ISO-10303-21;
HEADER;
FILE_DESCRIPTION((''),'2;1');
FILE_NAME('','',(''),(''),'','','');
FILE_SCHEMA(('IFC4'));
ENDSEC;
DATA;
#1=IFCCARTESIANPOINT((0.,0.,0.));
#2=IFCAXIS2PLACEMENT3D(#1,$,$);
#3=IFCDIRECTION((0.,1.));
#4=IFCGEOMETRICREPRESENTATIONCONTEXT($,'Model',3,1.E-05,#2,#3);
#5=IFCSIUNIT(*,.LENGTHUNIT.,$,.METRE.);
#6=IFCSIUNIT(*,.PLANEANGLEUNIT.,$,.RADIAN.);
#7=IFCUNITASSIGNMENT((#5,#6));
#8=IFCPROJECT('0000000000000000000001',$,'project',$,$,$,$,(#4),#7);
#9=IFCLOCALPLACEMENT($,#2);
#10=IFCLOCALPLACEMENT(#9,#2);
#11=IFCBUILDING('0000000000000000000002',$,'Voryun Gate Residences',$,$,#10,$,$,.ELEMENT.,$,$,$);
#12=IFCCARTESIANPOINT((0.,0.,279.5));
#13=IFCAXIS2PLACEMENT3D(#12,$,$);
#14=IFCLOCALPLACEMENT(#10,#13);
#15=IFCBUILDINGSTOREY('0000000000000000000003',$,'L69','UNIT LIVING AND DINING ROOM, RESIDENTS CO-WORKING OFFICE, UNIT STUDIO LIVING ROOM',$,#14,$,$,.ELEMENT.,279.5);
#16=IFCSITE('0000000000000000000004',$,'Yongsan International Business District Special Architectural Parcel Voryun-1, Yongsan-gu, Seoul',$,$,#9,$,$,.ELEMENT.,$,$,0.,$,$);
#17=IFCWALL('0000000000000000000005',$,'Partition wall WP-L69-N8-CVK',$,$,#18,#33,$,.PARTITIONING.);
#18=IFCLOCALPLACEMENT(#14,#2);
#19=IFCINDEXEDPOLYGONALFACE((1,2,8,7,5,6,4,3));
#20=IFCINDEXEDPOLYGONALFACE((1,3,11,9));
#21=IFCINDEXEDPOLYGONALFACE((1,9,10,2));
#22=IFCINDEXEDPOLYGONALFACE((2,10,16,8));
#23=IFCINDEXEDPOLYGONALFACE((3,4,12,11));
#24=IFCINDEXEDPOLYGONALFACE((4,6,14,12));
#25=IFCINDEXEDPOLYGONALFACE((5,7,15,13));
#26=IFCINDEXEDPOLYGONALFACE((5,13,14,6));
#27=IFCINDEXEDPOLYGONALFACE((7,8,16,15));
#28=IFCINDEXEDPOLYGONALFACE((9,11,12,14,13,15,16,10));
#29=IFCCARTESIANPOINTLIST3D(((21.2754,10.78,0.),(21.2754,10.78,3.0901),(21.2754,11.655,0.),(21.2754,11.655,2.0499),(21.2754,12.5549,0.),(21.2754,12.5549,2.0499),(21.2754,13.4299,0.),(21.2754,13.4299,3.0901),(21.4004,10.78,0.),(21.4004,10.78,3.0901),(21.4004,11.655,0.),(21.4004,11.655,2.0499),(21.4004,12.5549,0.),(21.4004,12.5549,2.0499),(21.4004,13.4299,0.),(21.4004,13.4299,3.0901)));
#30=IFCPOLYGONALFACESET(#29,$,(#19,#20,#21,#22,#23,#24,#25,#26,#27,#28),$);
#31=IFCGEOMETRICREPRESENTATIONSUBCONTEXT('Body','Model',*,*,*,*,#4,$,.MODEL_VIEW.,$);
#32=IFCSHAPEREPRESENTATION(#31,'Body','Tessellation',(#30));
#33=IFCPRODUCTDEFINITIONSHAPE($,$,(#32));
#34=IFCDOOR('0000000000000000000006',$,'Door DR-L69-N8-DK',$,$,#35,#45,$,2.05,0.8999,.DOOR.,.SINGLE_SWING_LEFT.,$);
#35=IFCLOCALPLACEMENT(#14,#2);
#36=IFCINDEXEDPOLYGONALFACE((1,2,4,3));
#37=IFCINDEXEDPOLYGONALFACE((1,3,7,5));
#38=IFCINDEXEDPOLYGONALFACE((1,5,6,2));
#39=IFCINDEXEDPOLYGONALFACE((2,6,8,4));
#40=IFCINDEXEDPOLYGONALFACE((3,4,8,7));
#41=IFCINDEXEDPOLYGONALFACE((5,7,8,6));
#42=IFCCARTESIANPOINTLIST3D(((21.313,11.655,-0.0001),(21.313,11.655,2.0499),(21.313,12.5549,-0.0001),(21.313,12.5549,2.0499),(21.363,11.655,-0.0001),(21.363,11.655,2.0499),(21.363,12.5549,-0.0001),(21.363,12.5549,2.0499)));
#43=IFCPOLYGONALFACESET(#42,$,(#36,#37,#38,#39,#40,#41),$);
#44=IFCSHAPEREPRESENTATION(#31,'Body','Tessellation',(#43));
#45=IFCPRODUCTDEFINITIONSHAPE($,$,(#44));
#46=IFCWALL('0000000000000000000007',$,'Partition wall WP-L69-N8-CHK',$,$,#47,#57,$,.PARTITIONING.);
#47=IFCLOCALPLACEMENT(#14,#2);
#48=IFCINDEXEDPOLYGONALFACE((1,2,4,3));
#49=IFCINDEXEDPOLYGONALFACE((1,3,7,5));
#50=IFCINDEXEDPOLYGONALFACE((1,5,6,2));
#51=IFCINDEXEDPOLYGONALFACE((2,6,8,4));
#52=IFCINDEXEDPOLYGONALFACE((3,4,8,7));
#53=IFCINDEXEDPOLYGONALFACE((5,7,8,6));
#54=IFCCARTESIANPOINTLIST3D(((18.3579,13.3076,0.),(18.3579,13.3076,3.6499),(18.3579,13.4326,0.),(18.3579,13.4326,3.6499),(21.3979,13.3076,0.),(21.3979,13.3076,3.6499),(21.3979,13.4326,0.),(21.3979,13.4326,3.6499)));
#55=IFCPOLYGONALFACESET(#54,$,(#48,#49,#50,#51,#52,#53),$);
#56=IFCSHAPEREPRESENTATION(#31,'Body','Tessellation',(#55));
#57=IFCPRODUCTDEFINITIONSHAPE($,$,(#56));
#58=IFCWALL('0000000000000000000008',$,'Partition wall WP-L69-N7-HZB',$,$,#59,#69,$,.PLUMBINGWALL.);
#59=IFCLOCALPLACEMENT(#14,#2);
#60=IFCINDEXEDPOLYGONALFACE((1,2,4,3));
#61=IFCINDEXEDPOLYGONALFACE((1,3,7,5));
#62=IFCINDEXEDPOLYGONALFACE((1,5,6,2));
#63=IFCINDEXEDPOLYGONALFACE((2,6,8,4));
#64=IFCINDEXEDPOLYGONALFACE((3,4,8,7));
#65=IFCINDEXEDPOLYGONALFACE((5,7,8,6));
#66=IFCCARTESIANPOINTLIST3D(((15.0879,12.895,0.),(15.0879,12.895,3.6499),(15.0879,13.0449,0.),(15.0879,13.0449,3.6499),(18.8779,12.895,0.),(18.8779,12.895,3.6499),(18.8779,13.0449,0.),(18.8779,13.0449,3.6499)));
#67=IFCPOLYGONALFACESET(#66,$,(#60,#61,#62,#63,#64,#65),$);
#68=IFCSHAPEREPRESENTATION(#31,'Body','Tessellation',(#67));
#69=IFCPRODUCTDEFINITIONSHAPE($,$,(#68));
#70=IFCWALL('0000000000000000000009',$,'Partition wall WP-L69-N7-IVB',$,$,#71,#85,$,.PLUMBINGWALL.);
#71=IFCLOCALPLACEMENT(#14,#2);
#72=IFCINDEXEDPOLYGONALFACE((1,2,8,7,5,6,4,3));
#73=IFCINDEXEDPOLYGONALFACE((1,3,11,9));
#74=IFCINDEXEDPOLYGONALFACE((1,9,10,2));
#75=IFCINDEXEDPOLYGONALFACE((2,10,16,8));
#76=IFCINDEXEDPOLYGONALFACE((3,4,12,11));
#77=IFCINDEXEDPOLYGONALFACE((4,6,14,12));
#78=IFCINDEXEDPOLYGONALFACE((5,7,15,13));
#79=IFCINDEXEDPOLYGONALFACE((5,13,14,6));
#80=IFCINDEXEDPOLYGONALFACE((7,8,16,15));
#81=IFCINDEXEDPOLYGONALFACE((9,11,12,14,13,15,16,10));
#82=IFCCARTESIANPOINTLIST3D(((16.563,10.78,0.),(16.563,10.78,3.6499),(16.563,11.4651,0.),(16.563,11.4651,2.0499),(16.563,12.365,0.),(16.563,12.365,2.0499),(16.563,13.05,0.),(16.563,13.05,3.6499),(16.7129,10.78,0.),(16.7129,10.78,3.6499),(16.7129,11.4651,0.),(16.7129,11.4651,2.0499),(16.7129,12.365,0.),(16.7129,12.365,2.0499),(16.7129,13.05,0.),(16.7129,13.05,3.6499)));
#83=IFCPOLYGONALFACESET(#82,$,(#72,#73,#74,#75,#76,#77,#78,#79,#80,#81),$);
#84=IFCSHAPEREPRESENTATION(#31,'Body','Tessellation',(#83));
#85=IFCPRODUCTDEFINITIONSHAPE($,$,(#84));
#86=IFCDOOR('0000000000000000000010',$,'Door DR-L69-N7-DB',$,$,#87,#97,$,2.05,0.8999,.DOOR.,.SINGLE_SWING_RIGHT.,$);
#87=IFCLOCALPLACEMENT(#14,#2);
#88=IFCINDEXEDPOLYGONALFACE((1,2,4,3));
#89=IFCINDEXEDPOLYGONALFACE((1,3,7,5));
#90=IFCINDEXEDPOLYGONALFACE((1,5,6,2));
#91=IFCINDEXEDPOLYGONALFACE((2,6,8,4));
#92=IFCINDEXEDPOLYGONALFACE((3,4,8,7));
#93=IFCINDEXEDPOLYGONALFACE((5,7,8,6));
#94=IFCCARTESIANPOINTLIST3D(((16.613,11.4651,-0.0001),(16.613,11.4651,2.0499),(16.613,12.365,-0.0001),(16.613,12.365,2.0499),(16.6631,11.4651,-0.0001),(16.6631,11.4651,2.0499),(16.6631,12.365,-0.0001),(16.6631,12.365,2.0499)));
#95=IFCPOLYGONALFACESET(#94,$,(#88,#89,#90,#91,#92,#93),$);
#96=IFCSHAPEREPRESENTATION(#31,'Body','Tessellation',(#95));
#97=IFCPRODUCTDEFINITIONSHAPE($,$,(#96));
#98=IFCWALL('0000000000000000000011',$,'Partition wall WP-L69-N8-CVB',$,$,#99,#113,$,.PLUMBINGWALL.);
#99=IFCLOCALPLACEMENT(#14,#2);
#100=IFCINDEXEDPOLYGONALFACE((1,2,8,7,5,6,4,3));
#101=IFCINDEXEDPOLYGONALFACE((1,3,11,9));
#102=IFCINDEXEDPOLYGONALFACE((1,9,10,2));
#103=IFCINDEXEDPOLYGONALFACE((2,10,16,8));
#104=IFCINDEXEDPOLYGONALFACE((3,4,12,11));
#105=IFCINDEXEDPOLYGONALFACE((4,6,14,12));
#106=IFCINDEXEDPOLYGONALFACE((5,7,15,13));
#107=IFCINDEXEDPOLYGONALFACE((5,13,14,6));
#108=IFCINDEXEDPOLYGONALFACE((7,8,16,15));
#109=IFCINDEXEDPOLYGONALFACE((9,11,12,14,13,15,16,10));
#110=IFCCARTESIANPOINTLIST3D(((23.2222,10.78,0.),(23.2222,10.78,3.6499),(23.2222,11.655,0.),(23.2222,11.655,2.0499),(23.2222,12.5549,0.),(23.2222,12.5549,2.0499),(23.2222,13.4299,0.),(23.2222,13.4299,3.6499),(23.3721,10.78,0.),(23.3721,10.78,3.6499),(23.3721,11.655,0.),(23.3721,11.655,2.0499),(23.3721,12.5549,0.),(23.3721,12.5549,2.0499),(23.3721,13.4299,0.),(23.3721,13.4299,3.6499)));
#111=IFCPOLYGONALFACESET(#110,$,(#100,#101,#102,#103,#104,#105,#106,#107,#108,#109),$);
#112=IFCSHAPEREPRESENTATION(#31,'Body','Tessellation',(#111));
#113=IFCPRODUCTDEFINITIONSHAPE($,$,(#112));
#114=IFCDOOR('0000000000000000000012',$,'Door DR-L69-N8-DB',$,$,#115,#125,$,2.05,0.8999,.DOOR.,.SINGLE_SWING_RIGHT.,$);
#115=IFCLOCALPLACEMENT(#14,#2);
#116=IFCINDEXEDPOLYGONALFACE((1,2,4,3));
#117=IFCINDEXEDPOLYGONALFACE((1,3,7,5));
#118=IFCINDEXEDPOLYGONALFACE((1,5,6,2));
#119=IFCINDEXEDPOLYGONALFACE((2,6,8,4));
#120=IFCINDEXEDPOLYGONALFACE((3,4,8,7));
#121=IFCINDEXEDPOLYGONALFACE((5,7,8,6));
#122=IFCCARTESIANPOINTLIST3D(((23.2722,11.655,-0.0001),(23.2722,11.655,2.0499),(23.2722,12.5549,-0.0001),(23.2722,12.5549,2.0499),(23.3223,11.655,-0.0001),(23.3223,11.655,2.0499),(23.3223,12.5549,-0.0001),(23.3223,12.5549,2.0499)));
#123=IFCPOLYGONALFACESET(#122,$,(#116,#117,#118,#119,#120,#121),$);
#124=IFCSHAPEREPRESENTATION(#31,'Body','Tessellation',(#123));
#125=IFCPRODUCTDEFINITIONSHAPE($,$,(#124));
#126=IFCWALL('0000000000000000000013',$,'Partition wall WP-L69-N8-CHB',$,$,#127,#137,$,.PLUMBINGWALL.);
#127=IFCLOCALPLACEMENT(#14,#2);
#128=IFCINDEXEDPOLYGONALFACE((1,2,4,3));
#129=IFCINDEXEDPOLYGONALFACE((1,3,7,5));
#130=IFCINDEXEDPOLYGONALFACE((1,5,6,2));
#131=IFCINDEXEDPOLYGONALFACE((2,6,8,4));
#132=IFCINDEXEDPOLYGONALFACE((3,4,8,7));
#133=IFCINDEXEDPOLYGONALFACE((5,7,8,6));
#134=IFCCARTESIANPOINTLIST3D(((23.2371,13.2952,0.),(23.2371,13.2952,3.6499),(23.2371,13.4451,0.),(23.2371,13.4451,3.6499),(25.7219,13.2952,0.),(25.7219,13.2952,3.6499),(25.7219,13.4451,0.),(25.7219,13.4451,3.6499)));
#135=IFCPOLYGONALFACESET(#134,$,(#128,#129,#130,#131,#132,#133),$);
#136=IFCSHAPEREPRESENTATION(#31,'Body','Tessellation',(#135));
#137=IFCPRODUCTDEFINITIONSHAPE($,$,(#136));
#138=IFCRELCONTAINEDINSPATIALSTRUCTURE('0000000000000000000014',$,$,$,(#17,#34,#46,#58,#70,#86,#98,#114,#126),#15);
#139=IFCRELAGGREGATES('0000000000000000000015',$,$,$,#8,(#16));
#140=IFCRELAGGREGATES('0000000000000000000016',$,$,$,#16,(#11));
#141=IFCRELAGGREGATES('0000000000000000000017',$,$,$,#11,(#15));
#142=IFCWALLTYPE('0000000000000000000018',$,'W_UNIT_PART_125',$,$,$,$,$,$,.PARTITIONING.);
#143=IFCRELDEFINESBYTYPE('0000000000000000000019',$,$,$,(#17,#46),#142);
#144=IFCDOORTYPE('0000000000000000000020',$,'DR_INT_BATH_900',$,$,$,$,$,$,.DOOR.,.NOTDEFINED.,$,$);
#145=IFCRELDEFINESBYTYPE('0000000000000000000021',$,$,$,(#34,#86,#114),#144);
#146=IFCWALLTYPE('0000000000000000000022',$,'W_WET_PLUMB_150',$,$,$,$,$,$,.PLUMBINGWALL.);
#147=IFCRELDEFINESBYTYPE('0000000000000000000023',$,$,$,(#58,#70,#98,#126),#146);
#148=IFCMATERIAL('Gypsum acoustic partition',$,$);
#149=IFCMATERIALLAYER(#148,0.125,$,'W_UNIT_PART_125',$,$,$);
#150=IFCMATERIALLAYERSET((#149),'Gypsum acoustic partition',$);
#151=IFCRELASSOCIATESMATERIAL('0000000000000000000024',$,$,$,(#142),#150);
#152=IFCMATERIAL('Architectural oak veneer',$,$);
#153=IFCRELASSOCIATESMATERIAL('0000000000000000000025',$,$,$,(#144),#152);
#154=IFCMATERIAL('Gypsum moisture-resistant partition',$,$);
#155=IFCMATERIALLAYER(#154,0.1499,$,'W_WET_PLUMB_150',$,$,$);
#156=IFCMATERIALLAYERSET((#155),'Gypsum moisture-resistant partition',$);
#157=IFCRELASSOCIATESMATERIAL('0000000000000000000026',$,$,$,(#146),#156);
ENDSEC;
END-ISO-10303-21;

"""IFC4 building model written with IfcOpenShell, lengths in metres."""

from ifc_helpers import new_model, si_unit, direction, frame, frame_2d, origin, place, context, subcontext, project, spatial, rectangle, extrude, material, layer, layer_set, type_object, element, fill, save


model = new_model("IFC4")

# Units and contexts
model_context = context("Model", 3, precision=1e-05, world=origin(), true_north=direction((0.0, 1.0)))
body_context = subcontext(model_context, "Body", "Model", "MODEL_VIEW")
ifc_project = project(units=[si_unit("LENGTHUNIT", "METRE"), si_unit("PLANEANGLEUNIT", "RADIAN")], contexts=[model_context])

# Site, building, storey
site_placement = place(None, origin())
site = spatial("IfcSite", under=ifc_project, at=site_placement, Name="Yongsan International Business District Special Architectural Parcel Voryun-1, Yongsan-gu, Seoul", CompositionType="ELEMENT", RefElevation=0.0)
building_placement = place(site_placement, origin())
building = spatial("IfcBuilding", under=site, at=building_placement, Name="Voryun Gate Residences", CompositionType="ELEMENT")
storey_placement = place(building_placement, frame((0.0, 0.0, 279.5)))
storey = spatial("IfcBuildingStorey", under=building, at=storey_placement, Name="L69", Description="UNIT LIVING AND DINING ROOM, RESIDENTS CO-WORKING OFFICE, UNIT STUDIO LIVING ROOM", CompositionType="ELEMENT", Elevation=279.5)

# Wall, opening, door
ifc_material_1 = material(Name="Gypsum acoustic partition")
ifc_layer_1 = layer(ifc_material_1, 0.125, Name="W_UNIT_PART_125")
ifc_layer_set_1 = layer_set([ifc_layer_1], Name="Gypsum acoustic partition")
wall_type_1 = type_object("IfcWallType", Name="W_UNIT_PART_125", PredefinedType="PARTITIONING", material=ifc_layer_set_1)
ifc_material_2 = material(Name="Architectural oak veneer")
door_type_1 = type_object("IfcDoorType", Name="DR_INT_BATH_900", OperationType="NOTDEFINED", PredefinedType="DOOR", material=ifc_material_2)
wall_1_placement = place(storey_placement, frame((21.3379, 10.78, 0.0), z_axis=(0.0, 0.0, 1.0), x_axis=(0.0, 1.0, 0.0)))
wall_1 = element("IfcWall", 1, at=wall_1_placement, inside=storey, type_object=wall_type_1, Name="Partition wall WP-L69-N8-CVK", PredefinedType="PARTITIONING", context=body_context, shape_type="SweptSolid", body=[
    extrude(rectangle(XDim=2.6499, YDim=0.125, at=frame_2d((1.325, 0.0))), origin(), (0.0, 0.0, 1.0), 3.0901),
])
opening_1_placement = place(wall_1_placement, frame((0.875, 0.0, 0.0)))
opening_1 = element("IfcOpeningElement", 2, at=opening_1_placement, cuts=wall_1, PredefinedType="OPENING", context=body_context, shape_type="SweptSolid", body=[
    extrude(rectangle(XDim=0.8999, YDim=2.05, at=frame_2d((0.45, 1.0249))), frame((0.0, 0.0725, 0.0), z_axis=(0.0, -1.0, 0.0), x_axis=(1.0, 0.0, 0.0)), (0.0, 0.0, 1.0), 0.145),
])
door_1_placement = place(opening_1_placement, origin())
door_1 = element("IfcDoor", 3, at=door_1_placement, inside=storey, type_object=door_type_1, Name="Door DR-L69-N8-DK", OperationType="SINGLE_SWING_LEFT", OverallHeight=2.05, OverallWidth=0.8999, PredefinedType="DOOR", context=body_context, shape_type="SweptSolid", body=[
    extrude(rectangle(XDim=0.8999, YDim=2.05, at=frame_2d((0.45, 1.0249))), frame((0.0, 0.0249, 0.0), z_axis=(0.0, -1.0, 0.0), x_axis=(1.0, 0.0, 0.0)), (0.0, 0.0, 1.0), 0.05),
])
fill(opening_1, door_1)

# Walls
wall_2_placement = place(storey_placement, frame((18.3579, 13.3701, 0.0), z_axis=(0.0, 0.0, 1.0), x_axis=(1.0, 0.0, 0.0)))
element("IfcWall", 4, at=wall_2_placement, inside=storey, type_object=wall_type_1, Name="Partition wall WP-L69-N8-CHK", PredefinedType="PARTITIONING", context=body_context, shape_type="SweptSolid", body=[
    extrude(rectangle(XDim=3.04, YDim=0.125, at=frame_2d((1.52, 0.0))), origin(), (0.0, 0.0, 1.0), 3.6499),
])
ifc_material_3 = material(Name="Gypsum moisture-resistant partition")
ifc_layer_2 = layer(ifc_material_3, 0.1499, Name="W_WET_PLUMB_150")
ifc_layer_set_2 = layer_set([ifc_layer_2], Name="Gypsum moisture-resistant partition")
wall_type_2 = type_object("IfcWallType", Name="W_WET_PLUMB_150", PredefinedType="PLUMBINGWALL", material=ifc_layer_set_2)
wall_3_placement = place(storey_placement, frame((15.0879, 12.97, 0.0), z_axis=(0.0, 0.0, 1.0), x_axis=(1.0, 0.0, 0.0)))
element("IfcWall", 5, at=wall_3_placement, inside=storey, type_object=wall_type_2, Name="Partition wall WP-L69-N7-HZB", PredefinedType="PLUMBINGWALL", context=body_context, shape_type="SweptSolid", body=[
    extrude(rectangle(XDim=3.79, YDim=0.1499, at=frame_2d((1.895, 0.0))), origin(), (0.0, 0.0, 1.0), 3.6499),
])

# Walls, openings, doors
wall_4_placement = place(storey_placement, frame((16.6379, 10.78, 0.0), z_axis=(0.0, 0.0, 1.0), x_axis=(0.0, 1.0, 0.0)))
wall_4 = element("IfcWall", 6, at=wall_4_placement, inside=storey, type_object=wall_type_2, Name="Partition wall WP-L69-N7-IVB", PredefinedType="PLUMBINGWALL", context=body_context, shape_type="SweptSolid", body=[
    extrude(rectangle(XDim=2.27, YDim=0.1499, at=frame_2d((1.135, 0.0))), origin(), (0.0, 0.0, 1.0), 3.6499),
])
opening_2_placement = place(wall_4_placement, frame((0.6851, 0.0, 0.0)))
opening_2 = element("IfcOpeningElement", 7, at=opening_2_placement, cuts=wall_4, PredefinedType="OPENING", context=body_context, shape_type="SweptSolid", body=[
    extrude(rectangle(XDim=0.8999, YDim=2.05, at=frame_2d((0.45, 1.0249))), frame((0.0, 0.085, 0.0), z_axis=(0.0, -1.0, 0.0), x_axis=(1.0, 0.0, 0.0)), (0.0, 0.0, 1.0), 0.1699),
])
door_2_placement = place(opening_2_placement, origin())
door_2 = element("IfcDoor", 8, at=door_2_placement, inside=storey, type_object=door_type_1, Name="Door DR-L69-N7-DB", OperationType="SINGLE_SWING_RIGHT", OverallHeight=2.05, OverallWidth=0.8999, PredefinedType="DOOR", context=body_context, shape_type="SweptSolid", body=[
    extrude(rectangle(XDim=0.8999, YDim=2.05, at=frame_2d((0.45, 1.0249))), frame((0.0, 0.0249, 0.0), z_axis=(0.0, -1.0, 0.0), x_axis=(1.0, 0.0, 0.0)), (0.0, 0.0, 1.0), 0.05),
])
fill(opening_2, door_2)
wall_5_placement = place(storey_placement, frame((23.2971, 10.78, 0.0), z_axis=(0.0, 0.0, 1.0), x_axis=(0.0, 1.0, 0.0)))
wall_5 = element("IfcWall", 9, at=wall_5_placement, inside=storey, type_object=wall_type_2, Name="Partition wall WP-L69-N8-CVB", PredefinedType="PLUMBINGWALL", context=body_context, shape_type="SweptSolid", body=[
    extrude(rectangle(XDim=2.6499, YDim=0.1499, at=frame_2d((1.325, 0.0))), origin(), (0.0, 0.0, 1.0), 3.6499),
])
opening_3_placement = place(wall_5_placement, frame((0.875, 0.0, 0.0)))
opening_3 = element("IfcOpeningElement", 10, at=opening_3_placement, cuts=wall_5, PredefinedType="OPENING", context=body_context, shape_type="SweptSolid", body=[
    extrude(rectangle(XDim=0.8999, YDim=2.05, at=frame_2d((0.45, 1.0249))), frame((0.0, 0.085, 0.0), z_axis=(0.0, -1.0, 0.0), x_axis=(1.0, 0.0, 0.0)), (0.0, 0.0, 1.0), 0.1699),
])
door_3_placement = place(opening_3_placement, origin())
door_3 = element("IfcDoor", 11, at=door_3_placement, inside=storey, type_object=door_type_1, Name="Door DR-L69-N8-DB", OperationType="SINGLE_SWING_RIGHT", OverallHeight=2.05, OverallWidth=0.8999, PredefinedType="DOOR", context=body_context, shape_type="SweptSolid", body=[
    extrude(rectangle(XDim=0.8999, YDim=2.05, at=frame_2d((0.45, 1.0249))), frame((0.0, 0.0249, 0.0), z_axis=(0.0, -1.0, 0.0), x_axis=(1.0, 0.0, 0.0)), (0.0, 0.0, 1.0), 0.05),
])
fill(opening_3, door_3)

# Wall
wall_6_placement = place(storey_placement, frame((23.2371, 13.3701, 0.0), z_axis=(0.0, 0.0, 1.0), x_axis=(1.0, 0.0, 0.0)))
element("IfcWall", 12, at=wall_6_placement, inside=storey, type_object=wall_type_2, Name="Partition wall WP-L69-N8-CHB", PredefinedType="PLUMBINGWALL", context=body_context, shape_type="SweptSolid", body=[
    extrude(rectangle(XDim=2.4849, YDim=0.1499, at=frame_2d((1.2424, 0.0))), origin(), (0.0, 0.0, 1.0), 3.6499),
])

save(model, "model.ifc")
